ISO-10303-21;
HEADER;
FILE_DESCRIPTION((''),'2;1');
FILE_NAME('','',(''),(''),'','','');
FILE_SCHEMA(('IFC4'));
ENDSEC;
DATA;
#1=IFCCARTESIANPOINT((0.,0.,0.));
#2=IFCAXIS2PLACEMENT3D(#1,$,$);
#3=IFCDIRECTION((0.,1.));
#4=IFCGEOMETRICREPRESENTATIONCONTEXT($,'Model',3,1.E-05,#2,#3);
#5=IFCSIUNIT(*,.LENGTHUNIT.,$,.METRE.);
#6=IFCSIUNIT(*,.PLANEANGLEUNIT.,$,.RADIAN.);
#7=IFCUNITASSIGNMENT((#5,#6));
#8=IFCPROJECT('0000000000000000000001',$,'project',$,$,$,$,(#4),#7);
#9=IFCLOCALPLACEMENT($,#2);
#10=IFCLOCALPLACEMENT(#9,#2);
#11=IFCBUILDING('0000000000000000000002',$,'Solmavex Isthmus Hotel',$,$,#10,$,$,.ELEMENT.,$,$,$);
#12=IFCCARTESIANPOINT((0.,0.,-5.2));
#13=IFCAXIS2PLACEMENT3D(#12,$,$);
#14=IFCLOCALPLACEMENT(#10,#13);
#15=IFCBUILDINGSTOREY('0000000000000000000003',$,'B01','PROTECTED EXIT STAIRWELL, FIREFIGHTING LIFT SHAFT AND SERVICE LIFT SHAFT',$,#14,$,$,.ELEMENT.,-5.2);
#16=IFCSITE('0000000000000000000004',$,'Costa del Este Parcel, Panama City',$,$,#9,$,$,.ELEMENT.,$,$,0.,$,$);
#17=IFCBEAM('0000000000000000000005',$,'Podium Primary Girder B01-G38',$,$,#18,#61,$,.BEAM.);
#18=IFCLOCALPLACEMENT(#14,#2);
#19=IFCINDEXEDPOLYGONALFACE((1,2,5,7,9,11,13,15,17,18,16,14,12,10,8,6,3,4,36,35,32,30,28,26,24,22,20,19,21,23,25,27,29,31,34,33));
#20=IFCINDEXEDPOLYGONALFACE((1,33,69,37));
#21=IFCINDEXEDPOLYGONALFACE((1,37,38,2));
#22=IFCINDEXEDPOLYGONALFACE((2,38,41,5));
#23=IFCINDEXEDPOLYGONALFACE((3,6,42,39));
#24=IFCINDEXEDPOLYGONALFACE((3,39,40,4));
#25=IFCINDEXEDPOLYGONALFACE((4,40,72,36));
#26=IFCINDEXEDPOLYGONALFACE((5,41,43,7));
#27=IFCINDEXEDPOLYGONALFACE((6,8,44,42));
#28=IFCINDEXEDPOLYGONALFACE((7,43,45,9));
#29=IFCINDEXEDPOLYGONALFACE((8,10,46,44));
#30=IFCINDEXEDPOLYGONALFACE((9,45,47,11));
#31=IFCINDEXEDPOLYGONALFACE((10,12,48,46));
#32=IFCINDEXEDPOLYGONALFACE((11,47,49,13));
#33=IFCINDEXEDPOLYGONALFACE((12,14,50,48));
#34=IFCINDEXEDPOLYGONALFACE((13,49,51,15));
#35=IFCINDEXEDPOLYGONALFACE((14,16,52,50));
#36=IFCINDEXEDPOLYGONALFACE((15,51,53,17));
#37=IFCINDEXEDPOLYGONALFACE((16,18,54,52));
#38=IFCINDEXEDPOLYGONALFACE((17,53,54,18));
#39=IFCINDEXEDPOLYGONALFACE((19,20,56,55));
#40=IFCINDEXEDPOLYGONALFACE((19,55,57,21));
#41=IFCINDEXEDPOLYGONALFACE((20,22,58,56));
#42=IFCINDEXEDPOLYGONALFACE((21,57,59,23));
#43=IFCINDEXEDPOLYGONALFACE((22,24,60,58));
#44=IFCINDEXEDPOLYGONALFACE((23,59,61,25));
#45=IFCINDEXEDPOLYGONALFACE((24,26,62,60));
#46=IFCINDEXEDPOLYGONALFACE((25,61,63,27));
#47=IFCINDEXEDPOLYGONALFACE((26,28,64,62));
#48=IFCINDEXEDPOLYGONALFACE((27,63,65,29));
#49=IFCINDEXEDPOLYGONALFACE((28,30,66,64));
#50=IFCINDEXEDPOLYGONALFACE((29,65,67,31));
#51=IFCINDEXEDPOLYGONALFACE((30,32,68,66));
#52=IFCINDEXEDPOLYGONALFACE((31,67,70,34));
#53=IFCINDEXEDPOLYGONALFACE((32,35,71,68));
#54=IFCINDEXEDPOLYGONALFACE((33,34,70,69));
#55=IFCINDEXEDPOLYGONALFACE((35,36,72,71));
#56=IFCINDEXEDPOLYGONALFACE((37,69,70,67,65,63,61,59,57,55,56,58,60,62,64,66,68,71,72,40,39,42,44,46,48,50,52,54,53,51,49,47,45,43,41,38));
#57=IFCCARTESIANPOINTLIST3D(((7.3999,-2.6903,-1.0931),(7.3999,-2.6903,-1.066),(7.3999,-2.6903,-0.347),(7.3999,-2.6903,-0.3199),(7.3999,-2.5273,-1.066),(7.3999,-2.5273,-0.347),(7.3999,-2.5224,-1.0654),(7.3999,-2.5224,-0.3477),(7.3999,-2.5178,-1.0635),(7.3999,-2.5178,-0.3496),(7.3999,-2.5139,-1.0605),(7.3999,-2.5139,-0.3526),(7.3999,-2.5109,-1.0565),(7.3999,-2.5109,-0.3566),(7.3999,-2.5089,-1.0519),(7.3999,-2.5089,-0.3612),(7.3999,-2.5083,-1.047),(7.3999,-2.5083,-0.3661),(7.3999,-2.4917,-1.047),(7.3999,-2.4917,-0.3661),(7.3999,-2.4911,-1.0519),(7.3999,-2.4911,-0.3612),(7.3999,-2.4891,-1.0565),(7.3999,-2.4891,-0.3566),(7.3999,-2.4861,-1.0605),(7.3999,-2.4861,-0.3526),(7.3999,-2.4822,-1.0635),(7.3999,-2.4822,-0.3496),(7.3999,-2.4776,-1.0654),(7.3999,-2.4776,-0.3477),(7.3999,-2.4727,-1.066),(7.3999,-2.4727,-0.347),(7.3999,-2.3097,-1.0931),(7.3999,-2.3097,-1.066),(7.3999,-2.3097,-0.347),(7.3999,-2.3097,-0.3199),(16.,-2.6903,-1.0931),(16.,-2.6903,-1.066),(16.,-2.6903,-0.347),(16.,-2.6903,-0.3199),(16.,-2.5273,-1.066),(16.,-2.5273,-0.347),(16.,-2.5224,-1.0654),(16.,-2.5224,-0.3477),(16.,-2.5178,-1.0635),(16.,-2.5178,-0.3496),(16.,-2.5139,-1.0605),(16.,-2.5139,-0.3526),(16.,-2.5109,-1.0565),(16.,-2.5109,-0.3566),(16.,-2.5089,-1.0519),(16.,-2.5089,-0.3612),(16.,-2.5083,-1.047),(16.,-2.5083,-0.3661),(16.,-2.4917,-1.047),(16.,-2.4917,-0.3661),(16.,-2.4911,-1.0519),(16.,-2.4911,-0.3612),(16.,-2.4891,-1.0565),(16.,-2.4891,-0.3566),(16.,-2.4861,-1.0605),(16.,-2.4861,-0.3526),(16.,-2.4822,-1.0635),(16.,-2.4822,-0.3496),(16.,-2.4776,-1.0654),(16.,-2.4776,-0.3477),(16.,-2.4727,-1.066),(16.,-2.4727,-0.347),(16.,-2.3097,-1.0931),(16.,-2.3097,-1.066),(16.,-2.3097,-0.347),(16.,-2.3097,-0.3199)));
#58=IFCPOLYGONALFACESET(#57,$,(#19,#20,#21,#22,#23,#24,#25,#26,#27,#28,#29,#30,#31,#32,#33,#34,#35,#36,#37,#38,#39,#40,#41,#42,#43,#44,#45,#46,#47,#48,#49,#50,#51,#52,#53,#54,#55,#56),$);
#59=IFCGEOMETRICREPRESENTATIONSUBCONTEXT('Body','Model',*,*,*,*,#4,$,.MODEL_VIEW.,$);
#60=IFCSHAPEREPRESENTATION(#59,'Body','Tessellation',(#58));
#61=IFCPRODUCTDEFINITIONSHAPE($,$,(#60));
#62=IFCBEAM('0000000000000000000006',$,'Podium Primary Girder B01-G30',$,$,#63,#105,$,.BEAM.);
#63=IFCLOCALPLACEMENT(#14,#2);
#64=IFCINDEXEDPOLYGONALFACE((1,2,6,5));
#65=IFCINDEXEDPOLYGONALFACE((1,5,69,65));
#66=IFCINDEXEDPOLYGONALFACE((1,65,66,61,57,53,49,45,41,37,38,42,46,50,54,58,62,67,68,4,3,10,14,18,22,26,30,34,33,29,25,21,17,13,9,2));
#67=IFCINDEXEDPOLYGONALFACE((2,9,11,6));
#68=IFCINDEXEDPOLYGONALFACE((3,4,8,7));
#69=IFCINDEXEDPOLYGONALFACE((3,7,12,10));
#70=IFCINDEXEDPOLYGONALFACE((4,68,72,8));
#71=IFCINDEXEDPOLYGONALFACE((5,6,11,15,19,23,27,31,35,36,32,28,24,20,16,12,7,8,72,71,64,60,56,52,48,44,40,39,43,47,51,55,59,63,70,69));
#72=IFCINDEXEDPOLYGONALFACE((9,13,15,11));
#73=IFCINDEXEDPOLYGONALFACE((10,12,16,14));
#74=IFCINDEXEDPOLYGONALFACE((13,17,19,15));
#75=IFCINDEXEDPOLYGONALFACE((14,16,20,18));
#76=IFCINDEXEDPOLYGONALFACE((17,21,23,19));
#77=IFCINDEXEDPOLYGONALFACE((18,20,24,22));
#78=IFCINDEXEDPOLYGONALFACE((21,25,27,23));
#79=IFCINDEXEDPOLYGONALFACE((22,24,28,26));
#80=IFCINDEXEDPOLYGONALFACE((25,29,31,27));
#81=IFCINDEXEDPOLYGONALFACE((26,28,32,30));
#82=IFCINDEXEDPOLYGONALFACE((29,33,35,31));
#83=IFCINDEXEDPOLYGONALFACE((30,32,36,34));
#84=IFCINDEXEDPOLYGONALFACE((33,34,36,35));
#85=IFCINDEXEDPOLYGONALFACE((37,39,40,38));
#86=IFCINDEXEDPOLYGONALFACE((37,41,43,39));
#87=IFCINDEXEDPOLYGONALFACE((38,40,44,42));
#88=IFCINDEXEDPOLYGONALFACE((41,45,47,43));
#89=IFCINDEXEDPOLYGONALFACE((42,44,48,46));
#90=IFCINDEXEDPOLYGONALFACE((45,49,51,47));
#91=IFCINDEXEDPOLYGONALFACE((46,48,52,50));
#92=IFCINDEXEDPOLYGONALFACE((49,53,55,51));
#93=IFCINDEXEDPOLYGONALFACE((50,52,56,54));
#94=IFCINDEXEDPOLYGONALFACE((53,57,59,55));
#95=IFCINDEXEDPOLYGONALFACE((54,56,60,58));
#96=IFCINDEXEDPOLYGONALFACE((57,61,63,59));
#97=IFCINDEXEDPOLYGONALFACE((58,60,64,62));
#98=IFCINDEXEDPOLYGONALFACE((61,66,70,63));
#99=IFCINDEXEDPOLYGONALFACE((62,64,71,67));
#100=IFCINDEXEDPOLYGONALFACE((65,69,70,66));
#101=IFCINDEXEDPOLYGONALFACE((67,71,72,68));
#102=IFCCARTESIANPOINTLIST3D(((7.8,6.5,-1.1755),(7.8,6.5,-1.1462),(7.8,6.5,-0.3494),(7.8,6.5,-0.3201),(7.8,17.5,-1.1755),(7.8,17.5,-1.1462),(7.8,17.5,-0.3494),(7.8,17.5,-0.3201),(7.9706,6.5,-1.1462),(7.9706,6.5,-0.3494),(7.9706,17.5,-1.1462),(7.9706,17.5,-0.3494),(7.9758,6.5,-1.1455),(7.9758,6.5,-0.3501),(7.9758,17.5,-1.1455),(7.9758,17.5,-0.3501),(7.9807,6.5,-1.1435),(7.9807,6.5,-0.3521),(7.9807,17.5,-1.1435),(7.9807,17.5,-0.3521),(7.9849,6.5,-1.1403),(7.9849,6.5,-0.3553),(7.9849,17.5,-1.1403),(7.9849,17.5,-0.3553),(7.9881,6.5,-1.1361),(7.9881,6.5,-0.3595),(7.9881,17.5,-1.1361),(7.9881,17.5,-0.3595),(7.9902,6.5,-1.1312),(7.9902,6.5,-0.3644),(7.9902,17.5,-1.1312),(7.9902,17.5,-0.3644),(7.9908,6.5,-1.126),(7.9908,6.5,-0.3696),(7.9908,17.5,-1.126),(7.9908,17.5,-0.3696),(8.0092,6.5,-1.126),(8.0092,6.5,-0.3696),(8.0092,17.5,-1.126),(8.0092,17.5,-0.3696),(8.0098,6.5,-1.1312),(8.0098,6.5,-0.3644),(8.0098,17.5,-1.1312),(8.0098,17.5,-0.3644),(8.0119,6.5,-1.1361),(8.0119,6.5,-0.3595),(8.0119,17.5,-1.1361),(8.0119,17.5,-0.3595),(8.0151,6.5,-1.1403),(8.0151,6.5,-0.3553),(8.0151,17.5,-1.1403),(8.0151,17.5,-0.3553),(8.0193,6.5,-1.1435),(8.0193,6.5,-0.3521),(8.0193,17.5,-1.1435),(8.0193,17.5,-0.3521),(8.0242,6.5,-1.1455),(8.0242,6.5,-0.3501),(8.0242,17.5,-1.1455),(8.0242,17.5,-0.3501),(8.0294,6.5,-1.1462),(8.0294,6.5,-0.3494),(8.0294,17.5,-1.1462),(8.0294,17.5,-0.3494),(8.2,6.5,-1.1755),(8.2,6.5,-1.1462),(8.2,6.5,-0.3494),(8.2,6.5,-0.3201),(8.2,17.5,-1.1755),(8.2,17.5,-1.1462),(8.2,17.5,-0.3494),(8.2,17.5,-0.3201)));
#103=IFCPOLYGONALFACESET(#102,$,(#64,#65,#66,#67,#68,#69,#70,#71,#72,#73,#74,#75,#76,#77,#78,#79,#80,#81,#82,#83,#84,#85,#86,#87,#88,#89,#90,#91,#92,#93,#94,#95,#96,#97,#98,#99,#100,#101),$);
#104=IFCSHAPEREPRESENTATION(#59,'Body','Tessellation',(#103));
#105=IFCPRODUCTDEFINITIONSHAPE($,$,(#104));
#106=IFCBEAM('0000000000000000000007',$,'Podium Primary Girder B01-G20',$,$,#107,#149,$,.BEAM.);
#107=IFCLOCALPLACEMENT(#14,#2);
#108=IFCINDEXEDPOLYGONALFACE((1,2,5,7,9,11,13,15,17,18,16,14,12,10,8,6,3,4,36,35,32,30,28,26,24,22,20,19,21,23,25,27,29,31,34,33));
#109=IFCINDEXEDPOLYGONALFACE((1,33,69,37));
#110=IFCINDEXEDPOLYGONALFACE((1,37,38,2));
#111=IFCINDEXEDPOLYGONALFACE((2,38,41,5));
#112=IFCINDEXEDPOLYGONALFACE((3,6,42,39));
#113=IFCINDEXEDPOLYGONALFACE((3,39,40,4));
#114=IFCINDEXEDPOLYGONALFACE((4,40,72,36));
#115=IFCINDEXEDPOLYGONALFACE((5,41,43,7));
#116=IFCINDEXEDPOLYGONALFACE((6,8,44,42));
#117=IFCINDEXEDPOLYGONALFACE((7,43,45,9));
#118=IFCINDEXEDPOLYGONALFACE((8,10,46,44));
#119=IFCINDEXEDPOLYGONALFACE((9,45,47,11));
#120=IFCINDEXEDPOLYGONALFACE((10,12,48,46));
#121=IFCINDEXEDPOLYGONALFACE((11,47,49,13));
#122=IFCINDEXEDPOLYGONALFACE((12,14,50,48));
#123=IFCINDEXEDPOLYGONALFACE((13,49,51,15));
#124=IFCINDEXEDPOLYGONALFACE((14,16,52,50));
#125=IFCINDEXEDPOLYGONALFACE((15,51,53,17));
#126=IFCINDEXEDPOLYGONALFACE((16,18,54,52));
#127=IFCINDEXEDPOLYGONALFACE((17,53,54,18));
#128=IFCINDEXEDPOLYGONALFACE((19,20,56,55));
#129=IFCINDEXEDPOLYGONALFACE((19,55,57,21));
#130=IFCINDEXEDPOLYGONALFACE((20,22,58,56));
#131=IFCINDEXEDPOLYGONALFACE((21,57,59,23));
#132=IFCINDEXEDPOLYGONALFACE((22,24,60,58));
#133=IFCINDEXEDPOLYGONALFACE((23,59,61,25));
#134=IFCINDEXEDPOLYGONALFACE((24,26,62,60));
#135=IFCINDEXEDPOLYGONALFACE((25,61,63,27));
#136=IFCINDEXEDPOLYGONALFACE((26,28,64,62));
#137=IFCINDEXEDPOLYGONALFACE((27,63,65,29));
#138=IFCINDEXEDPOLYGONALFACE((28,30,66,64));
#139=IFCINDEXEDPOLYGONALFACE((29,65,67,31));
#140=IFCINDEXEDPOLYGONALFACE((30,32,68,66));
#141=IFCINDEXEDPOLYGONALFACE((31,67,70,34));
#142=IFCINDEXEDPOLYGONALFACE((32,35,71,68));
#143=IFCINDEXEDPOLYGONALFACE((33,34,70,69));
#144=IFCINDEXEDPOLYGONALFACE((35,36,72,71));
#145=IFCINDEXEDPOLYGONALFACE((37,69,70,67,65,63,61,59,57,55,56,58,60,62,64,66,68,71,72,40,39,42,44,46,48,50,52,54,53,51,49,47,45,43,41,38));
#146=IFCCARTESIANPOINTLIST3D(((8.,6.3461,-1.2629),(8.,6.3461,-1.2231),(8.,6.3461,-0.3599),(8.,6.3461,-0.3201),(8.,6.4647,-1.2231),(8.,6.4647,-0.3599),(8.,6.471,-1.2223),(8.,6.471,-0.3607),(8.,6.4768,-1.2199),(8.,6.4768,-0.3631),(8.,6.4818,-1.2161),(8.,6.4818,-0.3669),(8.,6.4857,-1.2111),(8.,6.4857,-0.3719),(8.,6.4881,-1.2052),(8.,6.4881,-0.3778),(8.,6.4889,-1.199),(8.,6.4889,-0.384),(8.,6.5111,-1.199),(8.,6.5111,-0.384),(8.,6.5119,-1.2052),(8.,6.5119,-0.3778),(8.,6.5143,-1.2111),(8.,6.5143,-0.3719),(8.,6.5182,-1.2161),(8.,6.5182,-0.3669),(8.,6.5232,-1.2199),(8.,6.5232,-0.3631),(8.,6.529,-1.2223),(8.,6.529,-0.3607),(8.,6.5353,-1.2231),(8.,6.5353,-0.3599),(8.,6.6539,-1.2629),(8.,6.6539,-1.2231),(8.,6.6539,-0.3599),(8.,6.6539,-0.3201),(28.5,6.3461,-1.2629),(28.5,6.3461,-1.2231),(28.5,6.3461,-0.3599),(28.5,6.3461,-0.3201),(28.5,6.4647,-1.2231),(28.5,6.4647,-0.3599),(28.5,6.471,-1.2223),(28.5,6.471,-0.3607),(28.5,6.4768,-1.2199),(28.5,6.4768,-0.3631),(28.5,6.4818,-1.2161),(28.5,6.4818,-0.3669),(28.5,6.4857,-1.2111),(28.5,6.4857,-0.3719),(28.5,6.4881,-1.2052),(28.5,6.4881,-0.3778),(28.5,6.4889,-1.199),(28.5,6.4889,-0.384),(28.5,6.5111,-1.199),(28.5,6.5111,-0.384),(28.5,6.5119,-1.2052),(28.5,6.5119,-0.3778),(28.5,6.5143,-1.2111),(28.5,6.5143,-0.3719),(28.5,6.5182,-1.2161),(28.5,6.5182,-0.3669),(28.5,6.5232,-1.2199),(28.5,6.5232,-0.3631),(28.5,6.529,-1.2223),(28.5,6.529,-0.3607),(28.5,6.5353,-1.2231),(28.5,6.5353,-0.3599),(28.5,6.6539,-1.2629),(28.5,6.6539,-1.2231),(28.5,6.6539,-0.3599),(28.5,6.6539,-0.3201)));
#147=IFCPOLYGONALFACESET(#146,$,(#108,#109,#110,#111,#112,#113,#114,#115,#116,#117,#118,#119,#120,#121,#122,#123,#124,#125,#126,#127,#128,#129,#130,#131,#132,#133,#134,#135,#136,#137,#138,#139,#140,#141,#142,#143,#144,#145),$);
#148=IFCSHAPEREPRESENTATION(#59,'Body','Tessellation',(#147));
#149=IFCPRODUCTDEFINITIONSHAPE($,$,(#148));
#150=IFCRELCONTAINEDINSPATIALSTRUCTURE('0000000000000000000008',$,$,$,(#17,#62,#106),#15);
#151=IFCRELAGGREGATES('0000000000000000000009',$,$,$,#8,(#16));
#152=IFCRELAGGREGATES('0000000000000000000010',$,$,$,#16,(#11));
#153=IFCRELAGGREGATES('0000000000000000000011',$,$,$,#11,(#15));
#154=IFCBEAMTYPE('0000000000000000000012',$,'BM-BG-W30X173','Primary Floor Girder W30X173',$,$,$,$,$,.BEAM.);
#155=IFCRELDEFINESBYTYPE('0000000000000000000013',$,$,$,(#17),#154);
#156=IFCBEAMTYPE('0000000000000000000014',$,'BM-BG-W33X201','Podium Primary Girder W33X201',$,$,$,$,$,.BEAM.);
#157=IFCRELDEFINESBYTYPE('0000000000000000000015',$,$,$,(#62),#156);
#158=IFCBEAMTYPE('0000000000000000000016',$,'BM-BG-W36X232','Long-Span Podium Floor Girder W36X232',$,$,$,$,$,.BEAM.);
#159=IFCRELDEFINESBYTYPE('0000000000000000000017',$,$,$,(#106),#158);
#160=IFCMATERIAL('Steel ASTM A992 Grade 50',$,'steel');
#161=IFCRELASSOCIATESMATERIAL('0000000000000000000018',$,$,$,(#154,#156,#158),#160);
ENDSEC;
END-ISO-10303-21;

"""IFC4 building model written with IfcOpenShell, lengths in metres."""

from ifc_helpers import new_model, si_unit, direction, frame, origin, origin_2d, place, context, subcontext, project, spatial, i_section, extrude, material, material_profile, profile_set, type_object, element, save


model = new_model("IFC4")

# Units and contexts
model_context = context("Model", 3, precision=1e-05, world=origin(), true_north=direction((0.0, 1.0)))
body_context = subcontext(model_context, "Body", "Model", "MODEL_VIEW")
ifc_project = project(units=[si_unit("LENGTHUNIT", "METRE"), si_unit("PLANEANGLEUNIT", "RADIAN")], contexts=[model_context])

# Site, building, storey
site_placement = place(None, origin())
site = spatial("IfcSite", under=ifc_project, at=site_placement, Name="Costa del Este Parcel, Panama City", CompositionType="ELEMENT", RefElevation=0.0)
building_placement = place(site_placement, origin())
building = spatial("IfcBuilding", under=site, at=building_placement, Name="Solmavex Isthmus Hotel", CompositionType="ELEMENT")
storey_placement = place(building_placement, frame((0.0, 0.0, -5.2)))
storey = spatial("IfcBuildingStorey", under=building, at=storey_placement, Name="B01", Description="PROTECTED EXIT STAIRWELL, FIREFIGHTING LIFT SHAFT AND SERVICE LIFT SHAFT", CompositionType="ELEMENT", Elevation=-5.2)

# Beams
ifc_material_1 = material(Name="Steel ASTM A992 Grade 50", Category="steel")
ifc_material_profile_1 = material_profile(ifc_material_1, i_section(OverallWidth=0.3806, OverallDepth=0.7732, WebThickness=0.0166, FlangeThickness=0.0271, FilletRadius=0.019, at=origin_2d()), Name="W30X173")
ifc_profile_set_1 = profile_set([ifc_material_profile_1], Name="Steel ASTM A992 Grade 50")
beam_type_1 = type_object("IfcBeamType", Name="BM-BG-W30X173", Description="Primary Floor Girder W30X173", PredefinedType="BEAM", material=ifc_profile_set_1)
beam_1_placement = place(storey_placement, frame((7.3999, -2.5, -0.7065), z_axis=(1.0, 0.0, 0.0), x_axis=(0.0, 1.0, 0.0)))
element("IfcBeam", 1, at=beam_1_placement, inside=storey, type_object=beam_type_1, Name="Podium Primary Girder B01-G38", PredefinedType="BEAM", context=body_context, shape_type="SweptSolid", body=[
    extrude(i_section(OverallWidth=0.3806, OverallDepth=0.7732, WebThickness=0.0166, FlangeThickness=0.0271, FilletRadius=0.019, at=origin_2d()), origin(), (0.0, 0.0, 1.0), 8.6001),
])
ifc_material_profile_2 = material_profile(ifc_material_1, i_section(OverallWidth=0.3999, OverallDepth=0.8555, WebThickness=0.0183, FlangeThickness=0.0293, FilletRadius=0.0203, at=origin_2d()), Name="W33X201")
ifc_profile_set_2 = profile_set([ifc_material_profile_2], Name="Steel ASTM A992 Grade 50")
beam_type_2 = type_object("IfcBeamType", Name="BM-BG-W33X201", Description="Podium Primary Girder W33X201", PredefinedType="BEAM", material=ifc_profile_set_2)
beam_2_placement = place(storey_placement, frame((8.0, 6.5, -0.7478), z_axis=(0.0, 1.0, 0.0), x_axis=(-1.0, 0.0, 0.0)))
element("IfcBeam", 2, at=beam_2_placement, inside=storey, type_object=beam_type_2, Name="Podium Primary Girder B01-G30", PredefinedType="BEAM", context=body_context, shape_type="SweptSolid", body=[
    extrude(i_section(OverallWidth=0.3999, OverallDepth=0.8555, WebThickness=0.0183, FlangeThickness=0.0293, FilletRadius=0.0203, at=origin_2d()), origin(), (0.0, 0.0, 1.0), 11.0),
])
ifc_material_profile_3 = material_profile(ifc_material_1, i_section(OverallWidth=0.3079, OverallDepth=0.9429, WebThickness=0.0222, FlangeThickness=0.0398, FilletRadius=0.0242, at=origin_2d()), Name="W36X232")
ifc_profile_set_3 = profile_set([ifc_material_profile_3], Name="Steel ASTM A992 Grade 50")
beam_type_3 = type_object("IfcBeamType", Name="BM-BG-W36X232", Description="Long-Span Podium Floor Girder W36X232", PredefinedType="BEAM", material=ifc_profile_set_3)
beam_3_placement = place(storey_placement, frame((8.0, 6.5, -0.7915), z_axis=(1.0, 0.0, 0.0), x_axis=(0.0, 1.0, 0.0)))
element("IfcBeam", 3, at=beam_3_placement, inside=storey, type_object=beam_type_3, Name="Podium Primary Girder B01-G20", PredefinedType="BEAM", context=body_context, shape_type="SweptSolid", body=[
    extrude(i_section(OverallWidth=0.3079, OverallDepth=0.9429, WebThickness=0.0222, FlangeThickness=0.0398, FilletRadius=0.0242, at=origin_2d()), origin(), (0.0, 0.0, 1.0), 20.5),
])

save(model, "model.ifc")
